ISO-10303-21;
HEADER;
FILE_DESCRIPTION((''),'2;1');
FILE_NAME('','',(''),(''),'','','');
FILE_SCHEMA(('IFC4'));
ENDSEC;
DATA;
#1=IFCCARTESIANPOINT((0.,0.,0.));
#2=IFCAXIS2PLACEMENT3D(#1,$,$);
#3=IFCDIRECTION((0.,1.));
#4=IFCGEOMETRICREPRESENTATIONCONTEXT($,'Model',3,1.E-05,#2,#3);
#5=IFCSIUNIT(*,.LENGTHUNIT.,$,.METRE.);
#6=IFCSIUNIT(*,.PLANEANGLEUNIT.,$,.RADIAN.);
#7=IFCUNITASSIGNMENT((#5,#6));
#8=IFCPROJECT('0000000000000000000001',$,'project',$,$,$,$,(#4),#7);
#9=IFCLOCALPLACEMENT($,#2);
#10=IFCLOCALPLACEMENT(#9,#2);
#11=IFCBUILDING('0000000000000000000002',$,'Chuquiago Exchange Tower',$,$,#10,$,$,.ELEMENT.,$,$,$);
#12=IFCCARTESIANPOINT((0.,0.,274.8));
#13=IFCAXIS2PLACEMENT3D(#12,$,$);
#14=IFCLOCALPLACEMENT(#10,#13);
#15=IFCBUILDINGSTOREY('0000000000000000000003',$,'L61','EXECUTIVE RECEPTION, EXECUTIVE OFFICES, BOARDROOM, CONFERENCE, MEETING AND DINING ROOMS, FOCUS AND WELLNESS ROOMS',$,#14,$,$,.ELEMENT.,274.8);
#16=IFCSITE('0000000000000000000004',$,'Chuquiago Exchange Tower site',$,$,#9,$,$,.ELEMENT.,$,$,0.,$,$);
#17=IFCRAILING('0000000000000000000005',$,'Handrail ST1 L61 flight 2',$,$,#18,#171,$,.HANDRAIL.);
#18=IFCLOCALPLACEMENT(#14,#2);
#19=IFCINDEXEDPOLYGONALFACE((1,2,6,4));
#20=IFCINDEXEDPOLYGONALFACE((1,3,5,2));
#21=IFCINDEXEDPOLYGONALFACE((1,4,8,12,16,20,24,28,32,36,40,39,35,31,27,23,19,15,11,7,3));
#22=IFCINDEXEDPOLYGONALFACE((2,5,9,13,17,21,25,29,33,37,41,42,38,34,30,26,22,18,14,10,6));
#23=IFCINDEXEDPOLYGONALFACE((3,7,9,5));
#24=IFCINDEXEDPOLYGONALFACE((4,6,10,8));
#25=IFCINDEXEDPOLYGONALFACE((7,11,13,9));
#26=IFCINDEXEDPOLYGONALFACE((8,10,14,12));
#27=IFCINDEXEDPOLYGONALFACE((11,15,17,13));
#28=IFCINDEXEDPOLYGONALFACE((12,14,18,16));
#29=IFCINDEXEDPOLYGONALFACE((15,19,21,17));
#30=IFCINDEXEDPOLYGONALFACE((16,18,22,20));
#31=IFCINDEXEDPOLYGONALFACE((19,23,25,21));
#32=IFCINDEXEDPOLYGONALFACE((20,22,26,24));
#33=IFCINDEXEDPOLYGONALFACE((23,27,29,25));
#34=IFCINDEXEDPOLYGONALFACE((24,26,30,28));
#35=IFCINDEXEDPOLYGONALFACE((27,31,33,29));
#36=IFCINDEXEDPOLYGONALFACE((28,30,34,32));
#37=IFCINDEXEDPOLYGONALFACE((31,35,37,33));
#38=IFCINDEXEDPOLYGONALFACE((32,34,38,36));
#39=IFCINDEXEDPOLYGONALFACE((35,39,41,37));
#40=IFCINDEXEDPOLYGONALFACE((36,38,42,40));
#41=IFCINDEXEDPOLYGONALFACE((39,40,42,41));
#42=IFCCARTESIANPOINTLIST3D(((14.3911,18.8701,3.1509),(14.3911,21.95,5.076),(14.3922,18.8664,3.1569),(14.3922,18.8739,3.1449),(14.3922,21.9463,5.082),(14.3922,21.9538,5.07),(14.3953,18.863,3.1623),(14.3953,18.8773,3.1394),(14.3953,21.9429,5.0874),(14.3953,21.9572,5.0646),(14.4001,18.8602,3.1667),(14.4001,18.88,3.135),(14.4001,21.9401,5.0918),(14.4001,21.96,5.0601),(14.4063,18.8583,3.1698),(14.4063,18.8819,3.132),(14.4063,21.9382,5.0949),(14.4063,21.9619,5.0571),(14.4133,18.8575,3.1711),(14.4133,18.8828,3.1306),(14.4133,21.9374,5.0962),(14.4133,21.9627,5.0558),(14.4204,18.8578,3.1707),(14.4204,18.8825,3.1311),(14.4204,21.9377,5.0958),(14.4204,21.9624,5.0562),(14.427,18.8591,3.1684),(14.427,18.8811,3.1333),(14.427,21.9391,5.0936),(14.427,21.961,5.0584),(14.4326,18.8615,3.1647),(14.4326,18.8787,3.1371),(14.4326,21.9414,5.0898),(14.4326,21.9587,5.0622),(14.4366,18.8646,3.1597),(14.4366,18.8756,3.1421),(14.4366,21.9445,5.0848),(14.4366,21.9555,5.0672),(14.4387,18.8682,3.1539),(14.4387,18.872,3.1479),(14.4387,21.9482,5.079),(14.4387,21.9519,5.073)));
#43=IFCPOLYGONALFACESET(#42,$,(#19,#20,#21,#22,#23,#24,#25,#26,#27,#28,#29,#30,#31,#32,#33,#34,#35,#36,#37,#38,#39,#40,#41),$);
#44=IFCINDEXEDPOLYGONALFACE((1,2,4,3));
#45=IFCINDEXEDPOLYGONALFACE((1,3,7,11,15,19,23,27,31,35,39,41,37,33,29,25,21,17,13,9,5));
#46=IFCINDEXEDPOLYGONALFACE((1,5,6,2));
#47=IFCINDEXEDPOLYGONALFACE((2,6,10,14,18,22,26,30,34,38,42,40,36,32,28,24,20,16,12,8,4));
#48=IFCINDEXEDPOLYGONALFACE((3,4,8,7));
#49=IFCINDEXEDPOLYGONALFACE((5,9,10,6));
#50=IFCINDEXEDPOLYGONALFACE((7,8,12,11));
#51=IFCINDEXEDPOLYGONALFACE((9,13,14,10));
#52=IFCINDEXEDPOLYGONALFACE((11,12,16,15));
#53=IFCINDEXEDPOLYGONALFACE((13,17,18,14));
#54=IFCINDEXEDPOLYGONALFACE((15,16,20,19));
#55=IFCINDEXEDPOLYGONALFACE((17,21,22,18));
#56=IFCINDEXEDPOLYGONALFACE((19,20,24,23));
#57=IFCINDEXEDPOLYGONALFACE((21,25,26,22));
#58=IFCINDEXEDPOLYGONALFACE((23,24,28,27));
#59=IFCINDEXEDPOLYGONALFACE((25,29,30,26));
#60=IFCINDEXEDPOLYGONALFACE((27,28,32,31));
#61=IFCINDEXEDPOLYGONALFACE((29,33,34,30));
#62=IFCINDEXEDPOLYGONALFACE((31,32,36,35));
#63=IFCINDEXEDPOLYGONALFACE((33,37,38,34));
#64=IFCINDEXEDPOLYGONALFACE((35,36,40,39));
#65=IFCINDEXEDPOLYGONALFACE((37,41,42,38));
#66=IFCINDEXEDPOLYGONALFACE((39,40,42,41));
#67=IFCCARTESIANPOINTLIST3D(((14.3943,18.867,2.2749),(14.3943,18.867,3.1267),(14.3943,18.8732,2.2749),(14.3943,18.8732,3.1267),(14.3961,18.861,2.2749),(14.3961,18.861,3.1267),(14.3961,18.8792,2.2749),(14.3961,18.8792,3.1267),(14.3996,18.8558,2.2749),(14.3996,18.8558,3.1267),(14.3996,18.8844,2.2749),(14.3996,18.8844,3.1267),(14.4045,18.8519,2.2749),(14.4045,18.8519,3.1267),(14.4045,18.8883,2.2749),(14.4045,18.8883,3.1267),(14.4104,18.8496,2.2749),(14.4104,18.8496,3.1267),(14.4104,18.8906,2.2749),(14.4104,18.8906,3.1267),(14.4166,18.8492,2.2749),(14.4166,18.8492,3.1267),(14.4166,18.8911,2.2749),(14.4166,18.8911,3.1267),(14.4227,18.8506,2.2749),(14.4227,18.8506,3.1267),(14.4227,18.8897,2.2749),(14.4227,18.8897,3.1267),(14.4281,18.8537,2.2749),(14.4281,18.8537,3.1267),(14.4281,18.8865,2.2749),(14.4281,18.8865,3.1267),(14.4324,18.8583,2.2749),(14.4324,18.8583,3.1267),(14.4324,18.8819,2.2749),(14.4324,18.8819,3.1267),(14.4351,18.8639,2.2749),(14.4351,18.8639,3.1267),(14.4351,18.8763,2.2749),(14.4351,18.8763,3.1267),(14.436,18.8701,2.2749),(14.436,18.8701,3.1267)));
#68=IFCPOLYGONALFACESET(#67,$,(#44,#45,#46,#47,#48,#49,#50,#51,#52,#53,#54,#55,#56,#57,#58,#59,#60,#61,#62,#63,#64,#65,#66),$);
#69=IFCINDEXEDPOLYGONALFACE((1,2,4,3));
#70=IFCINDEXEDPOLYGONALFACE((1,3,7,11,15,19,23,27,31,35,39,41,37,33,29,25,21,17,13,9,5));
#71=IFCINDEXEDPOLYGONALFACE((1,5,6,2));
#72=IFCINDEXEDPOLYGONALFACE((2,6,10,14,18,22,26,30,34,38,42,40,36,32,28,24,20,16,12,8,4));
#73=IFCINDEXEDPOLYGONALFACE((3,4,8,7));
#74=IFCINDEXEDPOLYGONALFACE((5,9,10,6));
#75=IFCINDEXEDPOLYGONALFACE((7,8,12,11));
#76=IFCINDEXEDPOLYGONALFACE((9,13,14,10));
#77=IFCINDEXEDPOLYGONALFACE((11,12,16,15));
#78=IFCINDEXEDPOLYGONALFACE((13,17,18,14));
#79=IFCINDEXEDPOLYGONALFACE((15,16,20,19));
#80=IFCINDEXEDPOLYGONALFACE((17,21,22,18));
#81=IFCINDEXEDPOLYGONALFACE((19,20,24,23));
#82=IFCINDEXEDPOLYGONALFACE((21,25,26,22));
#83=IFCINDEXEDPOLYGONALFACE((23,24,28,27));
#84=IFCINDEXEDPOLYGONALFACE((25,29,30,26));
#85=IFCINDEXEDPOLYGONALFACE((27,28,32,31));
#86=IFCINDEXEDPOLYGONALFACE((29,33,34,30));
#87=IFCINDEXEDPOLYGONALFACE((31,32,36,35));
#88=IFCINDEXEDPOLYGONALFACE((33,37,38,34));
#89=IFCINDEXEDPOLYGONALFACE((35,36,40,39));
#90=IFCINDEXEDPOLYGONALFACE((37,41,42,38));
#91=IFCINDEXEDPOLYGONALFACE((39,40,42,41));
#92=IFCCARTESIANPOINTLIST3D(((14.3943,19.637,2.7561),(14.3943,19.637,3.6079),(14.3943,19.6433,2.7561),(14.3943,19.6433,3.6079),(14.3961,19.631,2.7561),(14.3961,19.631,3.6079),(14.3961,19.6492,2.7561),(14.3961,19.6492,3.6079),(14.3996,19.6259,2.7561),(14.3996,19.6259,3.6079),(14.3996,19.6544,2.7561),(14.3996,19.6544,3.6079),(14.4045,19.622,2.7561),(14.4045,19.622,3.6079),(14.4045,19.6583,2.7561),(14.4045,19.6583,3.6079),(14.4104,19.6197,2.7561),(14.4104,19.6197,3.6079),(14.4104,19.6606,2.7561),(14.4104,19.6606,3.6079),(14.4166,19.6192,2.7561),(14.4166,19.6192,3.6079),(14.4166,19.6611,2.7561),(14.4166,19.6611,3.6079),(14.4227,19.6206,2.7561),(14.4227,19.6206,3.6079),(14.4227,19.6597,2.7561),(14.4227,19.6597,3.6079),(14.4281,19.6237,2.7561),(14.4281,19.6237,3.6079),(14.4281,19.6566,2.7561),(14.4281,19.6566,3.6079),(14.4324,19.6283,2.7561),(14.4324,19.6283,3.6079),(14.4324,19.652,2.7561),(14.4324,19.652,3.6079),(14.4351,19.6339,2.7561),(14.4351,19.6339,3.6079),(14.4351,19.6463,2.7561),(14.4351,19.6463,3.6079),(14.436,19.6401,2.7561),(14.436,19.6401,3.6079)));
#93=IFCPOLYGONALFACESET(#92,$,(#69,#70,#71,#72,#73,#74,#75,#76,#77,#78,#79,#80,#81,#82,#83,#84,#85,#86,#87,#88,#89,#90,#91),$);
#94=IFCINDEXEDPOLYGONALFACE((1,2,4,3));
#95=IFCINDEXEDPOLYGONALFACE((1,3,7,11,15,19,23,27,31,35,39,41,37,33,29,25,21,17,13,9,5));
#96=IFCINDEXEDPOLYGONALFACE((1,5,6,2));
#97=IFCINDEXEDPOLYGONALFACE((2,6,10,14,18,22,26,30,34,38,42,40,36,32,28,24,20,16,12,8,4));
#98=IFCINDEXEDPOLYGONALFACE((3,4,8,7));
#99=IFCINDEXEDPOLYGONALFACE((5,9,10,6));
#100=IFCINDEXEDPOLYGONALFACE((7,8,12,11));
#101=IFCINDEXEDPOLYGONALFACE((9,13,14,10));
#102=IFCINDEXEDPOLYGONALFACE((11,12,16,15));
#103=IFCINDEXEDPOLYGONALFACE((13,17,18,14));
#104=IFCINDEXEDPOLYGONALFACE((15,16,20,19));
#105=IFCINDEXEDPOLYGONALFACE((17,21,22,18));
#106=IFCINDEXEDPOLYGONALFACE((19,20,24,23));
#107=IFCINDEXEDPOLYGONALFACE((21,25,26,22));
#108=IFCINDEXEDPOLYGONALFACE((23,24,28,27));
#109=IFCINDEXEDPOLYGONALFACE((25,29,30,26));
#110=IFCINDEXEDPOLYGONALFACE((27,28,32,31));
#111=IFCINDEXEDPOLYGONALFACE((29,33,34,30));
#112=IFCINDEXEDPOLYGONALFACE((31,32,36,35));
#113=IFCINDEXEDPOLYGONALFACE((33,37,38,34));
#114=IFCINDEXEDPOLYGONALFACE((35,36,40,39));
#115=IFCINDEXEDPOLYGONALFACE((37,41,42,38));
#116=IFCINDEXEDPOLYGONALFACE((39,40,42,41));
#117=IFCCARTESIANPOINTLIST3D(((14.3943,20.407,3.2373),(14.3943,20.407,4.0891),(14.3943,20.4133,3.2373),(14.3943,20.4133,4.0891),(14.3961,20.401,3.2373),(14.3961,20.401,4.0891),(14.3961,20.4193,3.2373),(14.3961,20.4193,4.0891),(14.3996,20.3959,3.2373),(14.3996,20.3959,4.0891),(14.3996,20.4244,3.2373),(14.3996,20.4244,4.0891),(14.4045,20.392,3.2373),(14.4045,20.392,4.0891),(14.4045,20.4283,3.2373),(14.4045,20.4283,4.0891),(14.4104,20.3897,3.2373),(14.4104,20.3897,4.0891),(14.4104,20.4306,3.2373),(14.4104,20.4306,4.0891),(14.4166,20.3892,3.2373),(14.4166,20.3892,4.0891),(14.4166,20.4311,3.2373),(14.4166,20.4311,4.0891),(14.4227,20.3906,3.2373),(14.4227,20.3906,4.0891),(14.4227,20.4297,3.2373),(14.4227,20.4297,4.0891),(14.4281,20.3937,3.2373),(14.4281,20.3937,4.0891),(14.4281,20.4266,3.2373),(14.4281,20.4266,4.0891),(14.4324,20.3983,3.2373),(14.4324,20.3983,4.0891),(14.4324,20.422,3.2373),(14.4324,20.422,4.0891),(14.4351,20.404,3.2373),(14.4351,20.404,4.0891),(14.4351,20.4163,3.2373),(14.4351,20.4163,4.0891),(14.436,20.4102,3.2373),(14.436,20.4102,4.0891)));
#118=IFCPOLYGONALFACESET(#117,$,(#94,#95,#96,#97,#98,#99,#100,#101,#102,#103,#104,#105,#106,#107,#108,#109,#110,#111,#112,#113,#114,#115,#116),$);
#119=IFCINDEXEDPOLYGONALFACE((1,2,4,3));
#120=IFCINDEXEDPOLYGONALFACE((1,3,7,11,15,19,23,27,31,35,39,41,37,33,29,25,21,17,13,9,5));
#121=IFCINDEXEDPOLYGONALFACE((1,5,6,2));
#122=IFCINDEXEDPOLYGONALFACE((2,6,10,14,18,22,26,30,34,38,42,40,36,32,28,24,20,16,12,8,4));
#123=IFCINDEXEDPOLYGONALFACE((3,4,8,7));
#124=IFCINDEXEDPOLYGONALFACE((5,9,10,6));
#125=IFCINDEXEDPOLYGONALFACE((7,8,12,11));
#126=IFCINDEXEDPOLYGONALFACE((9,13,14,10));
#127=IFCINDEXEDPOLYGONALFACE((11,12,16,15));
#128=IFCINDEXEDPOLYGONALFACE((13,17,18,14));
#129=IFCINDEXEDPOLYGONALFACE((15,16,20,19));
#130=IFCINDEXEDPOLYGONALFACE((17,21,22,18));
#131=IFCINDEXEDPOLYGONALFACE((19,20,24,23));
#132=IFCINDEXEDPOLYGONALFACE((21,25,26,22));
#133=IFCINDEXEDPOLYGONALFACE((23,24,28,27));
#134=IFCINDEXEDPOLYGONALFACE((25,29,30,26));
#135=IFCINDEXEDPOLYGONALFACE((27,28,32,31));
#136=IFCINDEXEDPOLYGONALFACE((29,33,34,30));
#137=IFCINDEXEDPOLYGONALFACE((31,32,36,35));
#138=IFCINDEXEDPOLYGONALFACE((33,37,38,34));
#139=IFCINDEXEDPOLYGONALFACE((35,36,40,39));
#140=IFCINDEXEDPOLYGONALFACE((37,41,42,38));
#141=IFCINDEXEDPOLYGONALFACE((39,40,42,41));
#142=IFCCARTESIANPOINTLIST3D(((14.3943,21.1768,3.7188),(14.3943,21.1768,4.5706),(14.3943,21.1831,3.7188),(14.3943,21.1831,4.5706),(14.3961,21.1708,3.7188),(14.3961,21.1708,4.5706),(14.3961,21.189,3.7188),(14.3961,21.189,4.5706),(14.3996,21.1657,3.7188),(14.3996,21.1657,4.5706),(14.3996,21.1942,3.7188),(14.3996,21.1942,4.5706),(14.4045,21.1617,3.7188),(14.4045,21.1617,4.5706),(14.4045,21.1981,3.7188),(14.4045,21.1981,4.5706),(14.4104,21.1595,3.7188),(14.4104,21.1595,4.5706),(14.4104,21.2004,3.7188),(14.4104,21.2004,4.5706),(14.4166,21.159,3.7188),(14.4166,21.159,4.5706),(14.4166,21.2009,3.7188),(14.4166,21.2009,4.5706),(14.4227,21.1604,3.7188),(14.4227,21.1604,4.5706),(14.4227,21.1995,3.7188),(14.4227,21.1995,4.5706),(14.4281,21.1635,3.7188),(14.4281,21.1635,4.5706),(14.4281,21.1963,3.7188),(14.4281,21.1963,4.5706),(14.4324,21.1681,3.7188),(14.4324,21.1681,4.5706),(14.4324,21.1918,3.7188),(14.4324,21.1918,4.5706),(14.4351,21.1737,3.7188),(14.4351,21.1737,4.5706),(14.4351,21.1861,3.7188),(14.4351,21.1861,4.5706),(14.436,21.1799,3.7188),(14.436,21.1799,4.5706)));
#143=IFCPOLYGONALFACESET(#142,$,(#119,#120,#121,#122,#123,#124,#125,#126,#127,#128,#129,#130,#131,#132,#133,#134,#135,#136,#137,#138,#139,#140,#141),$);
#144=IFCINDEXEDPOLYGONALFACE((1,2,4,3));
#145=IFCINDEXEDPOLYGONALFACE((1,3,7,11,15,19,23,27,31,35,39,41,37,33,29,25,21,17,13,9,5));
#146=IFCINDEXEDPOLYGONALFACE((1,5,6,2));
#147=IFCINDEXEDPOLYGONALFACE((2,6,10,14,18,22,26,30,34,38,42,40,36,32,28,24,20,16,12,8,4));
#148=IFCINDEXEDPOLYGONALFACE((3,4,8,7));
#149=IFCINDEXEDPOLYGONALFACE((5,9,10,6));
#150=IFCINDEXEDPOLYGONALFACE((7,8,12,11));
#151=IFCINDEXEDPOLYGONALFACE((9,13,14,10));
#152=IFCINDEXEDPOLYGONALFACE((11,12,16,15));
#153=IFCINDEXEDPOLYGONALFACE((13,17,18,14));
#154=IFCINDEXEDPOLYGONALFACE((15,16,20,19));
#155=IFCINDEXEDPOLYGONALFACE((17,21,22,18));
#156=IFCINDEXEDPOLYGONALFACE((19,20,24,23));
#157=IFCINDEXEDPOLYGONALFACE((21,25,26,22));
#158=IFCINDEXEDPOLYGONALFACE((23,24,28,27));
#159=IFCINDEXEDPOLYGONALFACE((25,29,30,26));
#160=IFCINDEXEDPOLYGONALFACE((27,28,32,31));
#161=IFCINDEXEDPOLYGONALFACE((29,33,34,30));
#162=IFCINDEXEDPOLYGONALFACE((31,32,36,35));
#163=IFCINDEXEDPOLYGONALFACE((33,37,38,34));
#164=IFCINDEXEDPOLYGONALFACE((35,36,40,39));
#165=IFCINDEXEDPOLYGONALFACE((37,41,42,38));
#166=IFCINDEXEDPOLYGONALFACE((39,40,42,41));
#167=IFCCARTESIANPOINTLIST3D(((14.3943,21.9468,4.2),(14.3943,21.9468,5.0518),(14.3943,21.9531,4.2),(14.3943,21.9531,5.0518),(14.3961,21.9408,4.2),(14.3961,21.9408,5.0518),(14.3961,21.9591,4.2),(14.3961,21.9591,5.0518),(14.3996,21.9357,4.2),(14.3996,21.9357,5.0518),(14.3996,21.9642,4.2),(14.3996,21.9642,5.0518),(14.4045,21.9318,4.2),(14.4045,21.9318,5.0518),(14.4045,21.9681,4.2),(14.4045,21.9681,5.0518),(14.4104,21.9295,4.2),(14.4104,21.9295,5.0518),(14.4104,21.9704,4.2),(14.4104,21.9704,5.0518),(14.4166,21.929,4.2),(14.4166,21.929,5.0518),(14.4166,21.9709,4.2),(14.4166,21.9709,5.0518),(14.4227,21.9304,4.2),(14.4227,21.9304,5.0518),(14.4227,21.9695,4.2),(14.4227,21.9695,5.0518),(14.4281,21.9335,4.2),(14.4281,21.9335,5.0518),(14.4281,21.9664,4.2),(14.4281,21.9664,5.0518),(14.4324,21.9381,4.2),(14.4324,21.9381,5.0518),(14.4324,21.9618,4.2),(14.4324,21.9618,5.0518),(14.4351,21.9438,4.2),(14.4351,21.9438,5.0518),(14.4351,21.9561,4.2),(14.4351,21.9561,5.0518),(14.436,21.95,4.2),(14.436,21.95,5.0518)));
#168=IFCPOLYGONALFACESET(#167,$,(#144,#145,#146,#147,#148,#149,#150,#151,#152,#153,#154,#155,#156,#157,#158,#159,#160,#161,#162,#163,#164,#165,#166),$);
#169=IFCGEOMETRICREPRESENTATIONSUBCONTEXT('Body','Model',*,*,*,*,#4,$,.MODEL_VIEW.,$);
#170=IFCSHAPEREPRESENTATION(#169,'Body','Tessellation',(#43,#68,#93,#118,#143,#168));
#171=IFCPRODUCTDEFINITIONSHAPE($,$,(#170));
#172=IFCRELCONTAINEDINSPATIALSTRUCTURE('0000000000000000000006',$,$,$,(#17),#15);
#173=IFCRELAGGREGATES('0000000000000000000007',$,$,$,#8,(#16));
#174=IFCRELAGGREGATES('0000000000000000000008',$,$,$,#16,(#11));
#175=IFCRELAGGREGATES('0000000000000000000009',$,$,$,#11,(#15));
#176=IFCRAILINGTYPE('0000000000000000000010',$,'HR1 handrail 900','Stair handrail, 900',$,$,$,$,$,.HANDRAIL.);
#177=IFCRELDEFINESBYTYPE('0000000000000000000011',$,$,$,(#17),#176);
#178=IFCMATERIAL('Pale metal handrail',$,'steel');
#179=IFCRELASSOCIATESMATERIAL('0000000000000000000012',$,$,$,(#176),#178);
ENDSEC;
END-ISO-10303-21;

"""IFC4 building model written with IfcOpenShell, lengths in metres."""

from ifc_helpers import new_model, si_unit, direction, frame, origin, origin_2d, place, context, subcontext, project, spatial, circle, extrude, material, type_object, element, save


model = new_model("IFC4")

# Units and contexts
model_context = context("Model", 3, precision=1e-05, world=origin(), true_north=direction((0.0, 1.0)))
body_context = subcontext(model_context, "Body", "Model", "MODEL_VIEW")
ifc_project = project(units=[si_unit("LENGTHUNIT", "METRE"), si_unit("PLANEANGLEUNIT", "RADIAN")], contexts=[model_context])

# Site, building, storey
site_placement = place(None, origin())
site = spatial("IfcSite", under=ifc_project, at=site_placement, Name="Chuquiago Exchange Tower site", CompositionType="ELEMENT", RefElevation=0.0)
building_placement = place(site_placement, origin())
building = spatial("IfcBuilding", under=site, at=building_placement, Name="Chuquiago Exchange Tower", CompositionType="ELEMENT")
storey_placement = place(building_placement, frame((0.0, 0.0, 274.8)))
storey = spatial("IfcBuildingStorey", under=building, at=storey_placement, Name="L61", Description="EXECUTIVE RECEPTION, EXECUTIVE OFFICES, BOARDROOM, CONFERENCE, MEETING AND DINING ROOMS, FOCUS AND WELLNESS ROOMS", CompositionType="ELEMENT", Elevation=274.8)

# Railing
ifc_material_1 = material(Name="Pale metal handrail", Category="steel")
railing_type_1 = type_object("IfcRailingType", Name="HR1 handrail 900", Description="Stair handrail, 900", PredefinedType="HANDRAIL", material=ifc_material_1)
for number, where, name in (
    (1, (14.415, 18.8701, 2.2749), "Handrail ST1 L61 flight 2"),
):
    element("IfcRailing", number, at=place(storey_placement, frame(where)), inside=storey, type_object=railing_type_1, Name=name, PredefinedType="HANDRAIL", context=body_context, shape_type="SweptSolid", body=[
        extrude(circle(Radius=0.0239, at=origin_2d()), frame((0.0, 0.0, 0.876), z_axis=(0.0, 0.847979, 0.530029), x_axis=(-1.0, 0.0, 0.0)), (0.0, 0.0, 1.0), 3.6321),
        extrude(circle(Radius=0.021, at=origin_2d()), origin(), (0.0, 0.0, 1.0), 0.8518),
        extrude(circle(Radius=0.021, at=origin_2d()), frame((0.0, 0.77, 0.4812)), (0.0, 0.0, 1.0), 0.8518),
        extrude(circle(Radius=0.021, at=origin_2d()), frame((0.0, 1.54, 0.9624)), (0.0, 0.0, 1.0), 0.8518),
        extrude(circle(Radius=0.021, at=origin_2d()), frame((0.0, 2.3098, 1.4438)), (0.0, 0.0, 1.0), 0.8518),
        extrude(circle(Radius=0.021, at=origin_2d()), frame((0.0, 3.0798, 1.925)), (0.0, 0.0, 1.0), 0.8518),
    ])

save(model, "model.ifc")
